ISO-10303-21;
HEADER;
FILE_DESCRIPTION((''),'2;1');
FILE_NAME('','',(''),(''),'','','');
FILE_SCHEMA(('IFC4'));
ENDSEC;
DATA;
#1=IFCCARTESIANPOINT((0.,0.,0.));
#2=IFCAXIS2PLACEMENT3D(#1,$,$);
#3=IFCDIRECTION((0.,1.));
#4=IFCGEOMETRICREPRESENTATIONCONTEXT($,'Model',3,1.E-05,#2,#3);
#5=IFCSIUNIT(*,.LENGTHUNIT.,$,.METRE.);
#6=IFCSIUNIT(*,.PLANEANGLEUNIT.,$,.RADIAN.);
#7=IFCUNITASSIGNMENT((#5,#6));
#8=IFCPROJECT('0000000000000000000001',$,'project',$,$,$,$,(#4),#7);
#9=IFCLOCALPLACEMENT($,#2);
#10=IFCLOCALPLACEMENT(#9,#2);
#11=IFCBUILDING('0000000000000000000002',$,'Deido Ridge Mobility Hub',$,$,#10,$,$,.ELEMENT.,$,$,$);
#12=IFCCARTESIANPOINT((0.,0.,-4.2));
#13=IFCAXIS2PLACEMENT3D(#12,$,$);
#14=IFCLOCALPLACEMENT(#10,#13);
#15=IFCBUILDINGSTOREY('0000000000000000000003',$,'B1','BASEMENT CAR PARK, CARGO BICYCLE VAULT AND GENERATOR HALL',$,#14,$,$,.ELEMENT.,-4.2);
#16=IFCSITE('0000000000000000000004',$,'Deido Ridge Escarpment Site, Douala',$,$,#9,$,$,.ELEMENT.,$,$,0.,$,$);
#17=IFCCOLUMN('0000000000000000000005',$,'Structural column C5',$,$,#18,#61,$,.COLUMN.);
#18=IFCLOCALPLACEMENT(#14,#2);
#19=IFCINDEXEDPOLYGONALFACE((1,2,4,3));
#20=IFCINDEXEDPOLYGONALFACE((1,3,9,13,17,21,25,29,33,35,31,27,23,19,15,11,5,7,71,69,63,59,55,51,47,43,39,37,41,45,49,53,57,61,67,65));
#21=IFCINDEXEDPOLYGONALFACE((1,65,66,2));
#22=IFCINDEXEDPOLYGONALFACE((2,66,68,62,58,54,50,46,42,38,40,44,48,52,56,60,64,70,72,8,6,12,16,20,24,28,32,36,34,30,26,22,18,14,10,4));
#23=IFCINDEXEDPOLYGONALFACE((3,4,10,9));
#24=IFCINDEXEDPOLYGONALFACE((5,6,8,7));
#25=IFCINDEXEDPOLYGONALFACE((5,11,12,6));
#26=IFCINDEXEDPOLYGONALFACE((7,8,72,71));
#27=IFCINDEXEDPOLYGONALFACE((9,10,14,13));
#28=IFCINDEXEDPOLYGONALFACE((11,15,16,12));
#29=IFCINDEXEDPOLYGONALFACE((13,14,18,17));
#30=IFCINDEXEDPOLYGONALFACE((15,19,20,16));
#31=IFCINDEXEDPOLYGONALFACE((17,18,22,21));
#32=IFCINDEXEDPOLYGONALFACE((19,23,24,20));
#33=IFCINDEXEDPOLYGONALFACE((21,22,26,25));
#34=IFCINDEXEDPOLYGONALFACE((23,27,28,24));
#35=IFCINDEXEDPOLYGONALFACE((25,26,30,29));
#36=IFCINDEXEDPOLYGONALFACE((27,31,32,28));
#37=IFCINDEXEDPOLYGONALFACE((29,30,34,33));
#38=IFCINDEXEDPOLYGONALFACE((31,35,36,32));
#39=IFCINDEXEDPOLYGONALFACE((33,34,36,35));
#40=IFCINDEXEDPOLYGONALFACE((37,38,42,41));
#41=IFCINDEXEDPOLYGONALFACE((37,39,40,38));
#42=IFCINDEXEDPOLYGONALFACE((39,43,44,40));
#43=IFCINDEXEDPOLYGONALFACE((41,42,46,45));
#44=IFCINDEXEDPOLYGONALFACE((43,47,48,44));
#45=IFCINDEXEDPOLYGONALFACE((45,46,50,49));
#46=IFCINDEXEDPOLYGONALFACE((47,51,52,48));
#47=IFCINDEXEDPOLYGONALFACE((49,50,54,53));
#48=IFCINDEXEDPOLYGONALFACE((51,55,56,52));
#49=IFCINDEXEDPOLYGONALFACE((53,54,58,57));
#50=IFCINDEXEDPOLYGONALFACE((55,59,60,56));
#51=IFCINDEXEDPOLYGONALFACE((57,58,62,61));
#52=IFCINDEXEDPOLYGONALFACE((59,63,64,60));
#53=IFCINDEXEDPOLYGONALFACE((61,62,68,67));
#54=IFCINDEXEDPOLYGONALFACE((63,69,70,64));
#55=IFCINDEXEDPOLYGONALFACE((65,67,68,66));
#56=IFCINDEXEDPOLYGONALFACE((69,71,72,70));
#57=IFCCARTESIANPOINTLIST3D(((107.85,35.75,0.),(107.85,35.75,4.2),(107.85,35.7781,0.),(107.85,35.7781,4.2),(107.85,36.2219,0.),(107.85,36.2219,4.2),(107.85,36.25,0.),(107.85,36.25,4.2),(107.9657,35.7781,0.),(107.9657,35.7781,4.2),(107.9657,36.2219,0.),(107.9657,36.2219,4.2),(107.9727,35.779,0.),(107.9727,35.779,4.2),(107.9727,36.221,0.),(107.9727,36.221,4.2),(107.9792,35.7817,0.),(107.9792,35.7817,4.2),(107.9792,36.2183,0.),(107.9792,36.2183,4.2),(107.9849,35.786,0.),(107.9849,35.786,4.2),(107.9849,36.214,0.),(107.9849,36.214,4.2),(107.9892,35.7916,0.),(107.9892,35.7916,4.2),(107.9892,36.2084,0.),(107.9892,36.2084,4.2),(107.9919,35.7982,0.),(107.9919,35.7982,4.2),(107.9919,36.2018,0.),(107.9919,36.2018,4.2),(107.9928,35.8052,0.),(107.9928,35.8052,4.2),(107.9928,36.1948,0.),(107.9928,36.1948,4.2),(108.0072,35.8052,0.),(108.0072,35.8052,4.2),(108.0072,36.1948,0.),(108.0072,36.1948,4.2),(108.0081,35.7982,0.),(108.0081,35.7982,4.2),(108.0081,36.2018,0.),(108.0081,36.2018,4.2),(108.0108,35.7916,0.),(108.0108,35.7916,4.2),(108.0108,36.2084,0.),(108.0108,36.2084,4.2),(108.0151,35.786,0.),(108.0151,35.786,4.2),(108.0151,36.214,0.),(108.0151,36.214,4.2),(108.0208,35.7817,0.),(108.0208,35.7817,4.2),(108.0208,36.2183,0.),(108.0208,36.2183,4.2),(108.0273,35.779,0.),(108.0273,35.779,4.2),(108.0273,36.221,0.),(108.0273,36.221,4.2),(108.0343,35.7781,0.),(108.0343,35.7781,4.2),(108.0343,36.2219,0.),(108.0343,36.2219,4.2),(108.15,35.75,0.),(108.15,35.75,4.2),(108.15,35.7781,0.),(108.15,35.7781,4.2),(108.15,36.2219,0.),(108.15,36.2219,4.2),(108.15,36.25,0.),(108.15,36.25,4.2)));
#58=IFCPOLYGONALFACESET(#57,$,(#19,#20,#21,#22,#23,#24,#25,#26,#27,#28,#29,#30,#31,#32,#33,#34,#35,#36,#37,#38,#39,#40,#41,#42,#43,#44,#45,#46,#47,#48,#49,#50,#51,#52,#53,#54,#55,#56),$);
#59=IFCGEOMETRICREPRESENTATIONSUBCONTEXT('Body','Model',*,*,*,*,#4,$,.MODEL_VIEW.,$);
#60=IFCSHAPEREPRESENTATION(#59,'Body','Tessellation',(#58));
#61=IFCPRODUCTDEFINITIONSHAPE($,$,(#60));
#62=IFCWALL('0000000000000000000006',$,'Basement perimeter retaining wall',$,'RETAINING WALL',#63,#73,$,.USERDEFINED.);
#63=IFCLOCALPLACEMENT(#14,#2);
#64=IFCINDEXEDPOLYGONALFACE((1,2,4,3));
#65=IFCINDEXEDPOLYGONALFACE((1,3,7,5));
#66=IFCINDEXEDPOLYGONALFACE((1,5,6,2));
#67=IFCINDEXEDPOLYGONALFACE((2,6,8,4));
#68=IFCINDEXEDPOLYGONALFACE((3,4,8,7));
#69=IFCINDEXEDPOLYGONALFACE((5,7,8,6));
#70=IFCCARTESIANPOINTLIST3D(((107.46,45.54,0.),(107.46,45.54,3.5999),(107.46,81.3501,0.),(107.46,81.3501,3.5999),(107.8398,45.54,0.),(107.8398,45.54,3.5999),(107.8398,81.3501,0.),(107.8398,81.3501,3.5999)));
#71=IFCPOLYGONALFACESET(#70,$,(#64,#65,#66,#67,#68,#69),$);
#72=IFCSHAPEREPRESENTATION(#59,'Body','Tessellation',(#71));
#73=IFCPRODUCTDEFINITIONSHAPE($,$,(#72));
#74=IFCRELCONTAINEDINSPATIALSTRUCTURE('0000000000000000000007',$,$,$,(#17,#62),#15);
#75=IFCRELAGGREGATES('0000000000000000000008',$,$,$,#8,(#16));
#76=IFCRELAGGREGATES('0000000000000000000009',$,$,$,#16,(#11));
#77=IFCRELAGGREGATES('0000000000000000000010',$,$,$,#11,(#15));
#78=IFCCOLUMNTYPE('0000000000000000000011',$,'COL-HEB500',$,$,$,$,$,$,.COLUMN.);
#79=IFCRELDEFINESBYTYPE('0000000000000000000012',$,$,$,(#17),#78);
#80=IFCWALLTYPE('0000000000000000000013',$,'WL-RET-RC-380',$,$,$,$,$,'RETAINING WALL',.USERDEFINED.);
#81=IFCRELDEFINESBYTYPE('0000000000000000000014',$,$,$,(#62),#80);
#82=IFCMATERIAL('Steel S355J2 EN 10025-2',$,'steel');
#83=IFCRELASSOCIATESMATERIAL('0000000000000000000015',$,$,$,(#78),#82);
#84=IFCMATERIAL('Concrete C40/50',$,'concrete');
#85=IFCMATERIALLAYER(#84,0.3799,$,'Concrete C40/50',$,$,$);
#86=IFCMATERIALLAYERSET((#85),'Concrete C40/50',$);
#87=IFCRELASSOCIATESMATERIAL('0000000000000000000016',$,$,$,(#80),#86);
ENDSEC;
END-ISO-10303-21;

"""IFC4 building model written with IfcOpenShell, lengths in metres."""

from ifc_helpers import new_model, si_unit, direction, frame, frame_2d, origin, origin_2d, place, context, subcontext, project, spatial, rectangle, i_section, extrude, material, layer, layer_set, material_profile, profile_set, type_object, element, save


model = new_model("IFC4")

# Units and contexts
model_context = context("Model", 3, precision=1e-05, world=origin(), true_north=direction((0.0, 1.0)))
body_context = subcontext(model_context, "Body", "Model", "MODEL_VIEW")
ifc_project = project(units=[si_unit("LENGTHUNIT", "METRE"), si_unit("PLANEANGLEUNIT", "RADIAN")], contexts=[model_context])

# Site, building, storey
site_placement = place(None, origin())
site = spatial("IfcSite", under=ifc_project, at=site_placement, Name="Deido Ridge Escarpment Site, Douala", CompositionType="ELEMENT", RefElevation=0.0)
building_placement = place(site_placement, origin())
building = spatial("IfcBuilding", under=site, at=building_placement, Name="Deido Ridge Mobility Hub", CompositionType="ELEMENT")
storey_placement = place(building_placement, frame((0.0, 0.0, -4.2)))
storey = spatial("IfcBuildingStorey", under=building, at=storey_placement, Name="B1", Description="BASEMENT CAR PARK, CARGO BICYCLE VAULT AND GENERATOR HALL", CompositionType="ELEMENT", Elevation=-4.2)

# Shared definitions
ifc_material_1 = material(Name="Concrete C40/50", Category="concrete")

# Column
ifc_material_2 = material(Name="Steel S355J2 EN 10025-2", Category="steel")
ifc_material_profile_1 = material_profile(ifc_material_2, i_section(OverallWidth=0.3, OverallDepth=0.5, WebThickness=0.0144, FlangeThickness=0.0281, FilletRadius=0.0271, at=origin_2d()), Name="HEB 500")
ifc_profile_set_1 = profile_set([ifc_material_profile_1], Name="Steel S355J2 EN 10025-2")
column_type_1 = type_object("IfcColumnType", Name="COL-HEB500", PredefinedType="COLUMN", material=ifc_profile_set_1)
for number, where, z_axis, x_axis, name in (
    (1, (108.0, 36.0, 0.0), (0.0, 0.0, 1.0), (1.0, 0.0, 0.0), "Structural column C5"),
):
    element("IfcColumn", number, at=place(storey_placement, frame(where, z_axis=z_axis, x_axis=x_axis)), inside=storey, type_object=column_type_1, Name=name, PredefinedType="COLUMN", context=body_context, shape_type="SweptSolid", body=[
        extrude(i_section(OverallWidth=0.3, OverallDepth=0.5, WebThickness=0.0144, FlangeThickness=0.0281, FilletRadius=0.0271, at=origin_2d()), origin(), (0.0, 0.0, 1.0), 4.2),
    ])

# Wall
ifc_layer = layer(ifc_material_1, 0.3799, Name="Concrete C40/50")
ifc_layer_set = layer_set([ifc_layer], Name="Concrete C40/50")
wall_type = type_object("IfcWallType", Name="WL-RET-RC-380", ElementType="RETAINING WALL", PredefinedType="USERDEFINED", material=ifc_layer_set)
wall_placement = place(storey_placement, frame((107.6499, 45.54, 0.0), z_axis=(0.0, 0.0, 1.0), x_axis=(0.0, 1.0, 0.0)))
element("IfcWall", 2, at=wall_placement, inside=storey, type_object=wall_type, Name="Basement perimeter retaining wall", ObjectType="RETAINING WALL", PredefinedType="USERDEFINED", context=body_context, shape_type="SweptSolid", body=[
    extrude(rectangle(XDim=35.8101, YDim=0.3799, at=frame_2d((17.905, 0.0))), origin(), (0.0, 0.0, 1.0), 3.5999),
])

save(model, "model.ifc")
